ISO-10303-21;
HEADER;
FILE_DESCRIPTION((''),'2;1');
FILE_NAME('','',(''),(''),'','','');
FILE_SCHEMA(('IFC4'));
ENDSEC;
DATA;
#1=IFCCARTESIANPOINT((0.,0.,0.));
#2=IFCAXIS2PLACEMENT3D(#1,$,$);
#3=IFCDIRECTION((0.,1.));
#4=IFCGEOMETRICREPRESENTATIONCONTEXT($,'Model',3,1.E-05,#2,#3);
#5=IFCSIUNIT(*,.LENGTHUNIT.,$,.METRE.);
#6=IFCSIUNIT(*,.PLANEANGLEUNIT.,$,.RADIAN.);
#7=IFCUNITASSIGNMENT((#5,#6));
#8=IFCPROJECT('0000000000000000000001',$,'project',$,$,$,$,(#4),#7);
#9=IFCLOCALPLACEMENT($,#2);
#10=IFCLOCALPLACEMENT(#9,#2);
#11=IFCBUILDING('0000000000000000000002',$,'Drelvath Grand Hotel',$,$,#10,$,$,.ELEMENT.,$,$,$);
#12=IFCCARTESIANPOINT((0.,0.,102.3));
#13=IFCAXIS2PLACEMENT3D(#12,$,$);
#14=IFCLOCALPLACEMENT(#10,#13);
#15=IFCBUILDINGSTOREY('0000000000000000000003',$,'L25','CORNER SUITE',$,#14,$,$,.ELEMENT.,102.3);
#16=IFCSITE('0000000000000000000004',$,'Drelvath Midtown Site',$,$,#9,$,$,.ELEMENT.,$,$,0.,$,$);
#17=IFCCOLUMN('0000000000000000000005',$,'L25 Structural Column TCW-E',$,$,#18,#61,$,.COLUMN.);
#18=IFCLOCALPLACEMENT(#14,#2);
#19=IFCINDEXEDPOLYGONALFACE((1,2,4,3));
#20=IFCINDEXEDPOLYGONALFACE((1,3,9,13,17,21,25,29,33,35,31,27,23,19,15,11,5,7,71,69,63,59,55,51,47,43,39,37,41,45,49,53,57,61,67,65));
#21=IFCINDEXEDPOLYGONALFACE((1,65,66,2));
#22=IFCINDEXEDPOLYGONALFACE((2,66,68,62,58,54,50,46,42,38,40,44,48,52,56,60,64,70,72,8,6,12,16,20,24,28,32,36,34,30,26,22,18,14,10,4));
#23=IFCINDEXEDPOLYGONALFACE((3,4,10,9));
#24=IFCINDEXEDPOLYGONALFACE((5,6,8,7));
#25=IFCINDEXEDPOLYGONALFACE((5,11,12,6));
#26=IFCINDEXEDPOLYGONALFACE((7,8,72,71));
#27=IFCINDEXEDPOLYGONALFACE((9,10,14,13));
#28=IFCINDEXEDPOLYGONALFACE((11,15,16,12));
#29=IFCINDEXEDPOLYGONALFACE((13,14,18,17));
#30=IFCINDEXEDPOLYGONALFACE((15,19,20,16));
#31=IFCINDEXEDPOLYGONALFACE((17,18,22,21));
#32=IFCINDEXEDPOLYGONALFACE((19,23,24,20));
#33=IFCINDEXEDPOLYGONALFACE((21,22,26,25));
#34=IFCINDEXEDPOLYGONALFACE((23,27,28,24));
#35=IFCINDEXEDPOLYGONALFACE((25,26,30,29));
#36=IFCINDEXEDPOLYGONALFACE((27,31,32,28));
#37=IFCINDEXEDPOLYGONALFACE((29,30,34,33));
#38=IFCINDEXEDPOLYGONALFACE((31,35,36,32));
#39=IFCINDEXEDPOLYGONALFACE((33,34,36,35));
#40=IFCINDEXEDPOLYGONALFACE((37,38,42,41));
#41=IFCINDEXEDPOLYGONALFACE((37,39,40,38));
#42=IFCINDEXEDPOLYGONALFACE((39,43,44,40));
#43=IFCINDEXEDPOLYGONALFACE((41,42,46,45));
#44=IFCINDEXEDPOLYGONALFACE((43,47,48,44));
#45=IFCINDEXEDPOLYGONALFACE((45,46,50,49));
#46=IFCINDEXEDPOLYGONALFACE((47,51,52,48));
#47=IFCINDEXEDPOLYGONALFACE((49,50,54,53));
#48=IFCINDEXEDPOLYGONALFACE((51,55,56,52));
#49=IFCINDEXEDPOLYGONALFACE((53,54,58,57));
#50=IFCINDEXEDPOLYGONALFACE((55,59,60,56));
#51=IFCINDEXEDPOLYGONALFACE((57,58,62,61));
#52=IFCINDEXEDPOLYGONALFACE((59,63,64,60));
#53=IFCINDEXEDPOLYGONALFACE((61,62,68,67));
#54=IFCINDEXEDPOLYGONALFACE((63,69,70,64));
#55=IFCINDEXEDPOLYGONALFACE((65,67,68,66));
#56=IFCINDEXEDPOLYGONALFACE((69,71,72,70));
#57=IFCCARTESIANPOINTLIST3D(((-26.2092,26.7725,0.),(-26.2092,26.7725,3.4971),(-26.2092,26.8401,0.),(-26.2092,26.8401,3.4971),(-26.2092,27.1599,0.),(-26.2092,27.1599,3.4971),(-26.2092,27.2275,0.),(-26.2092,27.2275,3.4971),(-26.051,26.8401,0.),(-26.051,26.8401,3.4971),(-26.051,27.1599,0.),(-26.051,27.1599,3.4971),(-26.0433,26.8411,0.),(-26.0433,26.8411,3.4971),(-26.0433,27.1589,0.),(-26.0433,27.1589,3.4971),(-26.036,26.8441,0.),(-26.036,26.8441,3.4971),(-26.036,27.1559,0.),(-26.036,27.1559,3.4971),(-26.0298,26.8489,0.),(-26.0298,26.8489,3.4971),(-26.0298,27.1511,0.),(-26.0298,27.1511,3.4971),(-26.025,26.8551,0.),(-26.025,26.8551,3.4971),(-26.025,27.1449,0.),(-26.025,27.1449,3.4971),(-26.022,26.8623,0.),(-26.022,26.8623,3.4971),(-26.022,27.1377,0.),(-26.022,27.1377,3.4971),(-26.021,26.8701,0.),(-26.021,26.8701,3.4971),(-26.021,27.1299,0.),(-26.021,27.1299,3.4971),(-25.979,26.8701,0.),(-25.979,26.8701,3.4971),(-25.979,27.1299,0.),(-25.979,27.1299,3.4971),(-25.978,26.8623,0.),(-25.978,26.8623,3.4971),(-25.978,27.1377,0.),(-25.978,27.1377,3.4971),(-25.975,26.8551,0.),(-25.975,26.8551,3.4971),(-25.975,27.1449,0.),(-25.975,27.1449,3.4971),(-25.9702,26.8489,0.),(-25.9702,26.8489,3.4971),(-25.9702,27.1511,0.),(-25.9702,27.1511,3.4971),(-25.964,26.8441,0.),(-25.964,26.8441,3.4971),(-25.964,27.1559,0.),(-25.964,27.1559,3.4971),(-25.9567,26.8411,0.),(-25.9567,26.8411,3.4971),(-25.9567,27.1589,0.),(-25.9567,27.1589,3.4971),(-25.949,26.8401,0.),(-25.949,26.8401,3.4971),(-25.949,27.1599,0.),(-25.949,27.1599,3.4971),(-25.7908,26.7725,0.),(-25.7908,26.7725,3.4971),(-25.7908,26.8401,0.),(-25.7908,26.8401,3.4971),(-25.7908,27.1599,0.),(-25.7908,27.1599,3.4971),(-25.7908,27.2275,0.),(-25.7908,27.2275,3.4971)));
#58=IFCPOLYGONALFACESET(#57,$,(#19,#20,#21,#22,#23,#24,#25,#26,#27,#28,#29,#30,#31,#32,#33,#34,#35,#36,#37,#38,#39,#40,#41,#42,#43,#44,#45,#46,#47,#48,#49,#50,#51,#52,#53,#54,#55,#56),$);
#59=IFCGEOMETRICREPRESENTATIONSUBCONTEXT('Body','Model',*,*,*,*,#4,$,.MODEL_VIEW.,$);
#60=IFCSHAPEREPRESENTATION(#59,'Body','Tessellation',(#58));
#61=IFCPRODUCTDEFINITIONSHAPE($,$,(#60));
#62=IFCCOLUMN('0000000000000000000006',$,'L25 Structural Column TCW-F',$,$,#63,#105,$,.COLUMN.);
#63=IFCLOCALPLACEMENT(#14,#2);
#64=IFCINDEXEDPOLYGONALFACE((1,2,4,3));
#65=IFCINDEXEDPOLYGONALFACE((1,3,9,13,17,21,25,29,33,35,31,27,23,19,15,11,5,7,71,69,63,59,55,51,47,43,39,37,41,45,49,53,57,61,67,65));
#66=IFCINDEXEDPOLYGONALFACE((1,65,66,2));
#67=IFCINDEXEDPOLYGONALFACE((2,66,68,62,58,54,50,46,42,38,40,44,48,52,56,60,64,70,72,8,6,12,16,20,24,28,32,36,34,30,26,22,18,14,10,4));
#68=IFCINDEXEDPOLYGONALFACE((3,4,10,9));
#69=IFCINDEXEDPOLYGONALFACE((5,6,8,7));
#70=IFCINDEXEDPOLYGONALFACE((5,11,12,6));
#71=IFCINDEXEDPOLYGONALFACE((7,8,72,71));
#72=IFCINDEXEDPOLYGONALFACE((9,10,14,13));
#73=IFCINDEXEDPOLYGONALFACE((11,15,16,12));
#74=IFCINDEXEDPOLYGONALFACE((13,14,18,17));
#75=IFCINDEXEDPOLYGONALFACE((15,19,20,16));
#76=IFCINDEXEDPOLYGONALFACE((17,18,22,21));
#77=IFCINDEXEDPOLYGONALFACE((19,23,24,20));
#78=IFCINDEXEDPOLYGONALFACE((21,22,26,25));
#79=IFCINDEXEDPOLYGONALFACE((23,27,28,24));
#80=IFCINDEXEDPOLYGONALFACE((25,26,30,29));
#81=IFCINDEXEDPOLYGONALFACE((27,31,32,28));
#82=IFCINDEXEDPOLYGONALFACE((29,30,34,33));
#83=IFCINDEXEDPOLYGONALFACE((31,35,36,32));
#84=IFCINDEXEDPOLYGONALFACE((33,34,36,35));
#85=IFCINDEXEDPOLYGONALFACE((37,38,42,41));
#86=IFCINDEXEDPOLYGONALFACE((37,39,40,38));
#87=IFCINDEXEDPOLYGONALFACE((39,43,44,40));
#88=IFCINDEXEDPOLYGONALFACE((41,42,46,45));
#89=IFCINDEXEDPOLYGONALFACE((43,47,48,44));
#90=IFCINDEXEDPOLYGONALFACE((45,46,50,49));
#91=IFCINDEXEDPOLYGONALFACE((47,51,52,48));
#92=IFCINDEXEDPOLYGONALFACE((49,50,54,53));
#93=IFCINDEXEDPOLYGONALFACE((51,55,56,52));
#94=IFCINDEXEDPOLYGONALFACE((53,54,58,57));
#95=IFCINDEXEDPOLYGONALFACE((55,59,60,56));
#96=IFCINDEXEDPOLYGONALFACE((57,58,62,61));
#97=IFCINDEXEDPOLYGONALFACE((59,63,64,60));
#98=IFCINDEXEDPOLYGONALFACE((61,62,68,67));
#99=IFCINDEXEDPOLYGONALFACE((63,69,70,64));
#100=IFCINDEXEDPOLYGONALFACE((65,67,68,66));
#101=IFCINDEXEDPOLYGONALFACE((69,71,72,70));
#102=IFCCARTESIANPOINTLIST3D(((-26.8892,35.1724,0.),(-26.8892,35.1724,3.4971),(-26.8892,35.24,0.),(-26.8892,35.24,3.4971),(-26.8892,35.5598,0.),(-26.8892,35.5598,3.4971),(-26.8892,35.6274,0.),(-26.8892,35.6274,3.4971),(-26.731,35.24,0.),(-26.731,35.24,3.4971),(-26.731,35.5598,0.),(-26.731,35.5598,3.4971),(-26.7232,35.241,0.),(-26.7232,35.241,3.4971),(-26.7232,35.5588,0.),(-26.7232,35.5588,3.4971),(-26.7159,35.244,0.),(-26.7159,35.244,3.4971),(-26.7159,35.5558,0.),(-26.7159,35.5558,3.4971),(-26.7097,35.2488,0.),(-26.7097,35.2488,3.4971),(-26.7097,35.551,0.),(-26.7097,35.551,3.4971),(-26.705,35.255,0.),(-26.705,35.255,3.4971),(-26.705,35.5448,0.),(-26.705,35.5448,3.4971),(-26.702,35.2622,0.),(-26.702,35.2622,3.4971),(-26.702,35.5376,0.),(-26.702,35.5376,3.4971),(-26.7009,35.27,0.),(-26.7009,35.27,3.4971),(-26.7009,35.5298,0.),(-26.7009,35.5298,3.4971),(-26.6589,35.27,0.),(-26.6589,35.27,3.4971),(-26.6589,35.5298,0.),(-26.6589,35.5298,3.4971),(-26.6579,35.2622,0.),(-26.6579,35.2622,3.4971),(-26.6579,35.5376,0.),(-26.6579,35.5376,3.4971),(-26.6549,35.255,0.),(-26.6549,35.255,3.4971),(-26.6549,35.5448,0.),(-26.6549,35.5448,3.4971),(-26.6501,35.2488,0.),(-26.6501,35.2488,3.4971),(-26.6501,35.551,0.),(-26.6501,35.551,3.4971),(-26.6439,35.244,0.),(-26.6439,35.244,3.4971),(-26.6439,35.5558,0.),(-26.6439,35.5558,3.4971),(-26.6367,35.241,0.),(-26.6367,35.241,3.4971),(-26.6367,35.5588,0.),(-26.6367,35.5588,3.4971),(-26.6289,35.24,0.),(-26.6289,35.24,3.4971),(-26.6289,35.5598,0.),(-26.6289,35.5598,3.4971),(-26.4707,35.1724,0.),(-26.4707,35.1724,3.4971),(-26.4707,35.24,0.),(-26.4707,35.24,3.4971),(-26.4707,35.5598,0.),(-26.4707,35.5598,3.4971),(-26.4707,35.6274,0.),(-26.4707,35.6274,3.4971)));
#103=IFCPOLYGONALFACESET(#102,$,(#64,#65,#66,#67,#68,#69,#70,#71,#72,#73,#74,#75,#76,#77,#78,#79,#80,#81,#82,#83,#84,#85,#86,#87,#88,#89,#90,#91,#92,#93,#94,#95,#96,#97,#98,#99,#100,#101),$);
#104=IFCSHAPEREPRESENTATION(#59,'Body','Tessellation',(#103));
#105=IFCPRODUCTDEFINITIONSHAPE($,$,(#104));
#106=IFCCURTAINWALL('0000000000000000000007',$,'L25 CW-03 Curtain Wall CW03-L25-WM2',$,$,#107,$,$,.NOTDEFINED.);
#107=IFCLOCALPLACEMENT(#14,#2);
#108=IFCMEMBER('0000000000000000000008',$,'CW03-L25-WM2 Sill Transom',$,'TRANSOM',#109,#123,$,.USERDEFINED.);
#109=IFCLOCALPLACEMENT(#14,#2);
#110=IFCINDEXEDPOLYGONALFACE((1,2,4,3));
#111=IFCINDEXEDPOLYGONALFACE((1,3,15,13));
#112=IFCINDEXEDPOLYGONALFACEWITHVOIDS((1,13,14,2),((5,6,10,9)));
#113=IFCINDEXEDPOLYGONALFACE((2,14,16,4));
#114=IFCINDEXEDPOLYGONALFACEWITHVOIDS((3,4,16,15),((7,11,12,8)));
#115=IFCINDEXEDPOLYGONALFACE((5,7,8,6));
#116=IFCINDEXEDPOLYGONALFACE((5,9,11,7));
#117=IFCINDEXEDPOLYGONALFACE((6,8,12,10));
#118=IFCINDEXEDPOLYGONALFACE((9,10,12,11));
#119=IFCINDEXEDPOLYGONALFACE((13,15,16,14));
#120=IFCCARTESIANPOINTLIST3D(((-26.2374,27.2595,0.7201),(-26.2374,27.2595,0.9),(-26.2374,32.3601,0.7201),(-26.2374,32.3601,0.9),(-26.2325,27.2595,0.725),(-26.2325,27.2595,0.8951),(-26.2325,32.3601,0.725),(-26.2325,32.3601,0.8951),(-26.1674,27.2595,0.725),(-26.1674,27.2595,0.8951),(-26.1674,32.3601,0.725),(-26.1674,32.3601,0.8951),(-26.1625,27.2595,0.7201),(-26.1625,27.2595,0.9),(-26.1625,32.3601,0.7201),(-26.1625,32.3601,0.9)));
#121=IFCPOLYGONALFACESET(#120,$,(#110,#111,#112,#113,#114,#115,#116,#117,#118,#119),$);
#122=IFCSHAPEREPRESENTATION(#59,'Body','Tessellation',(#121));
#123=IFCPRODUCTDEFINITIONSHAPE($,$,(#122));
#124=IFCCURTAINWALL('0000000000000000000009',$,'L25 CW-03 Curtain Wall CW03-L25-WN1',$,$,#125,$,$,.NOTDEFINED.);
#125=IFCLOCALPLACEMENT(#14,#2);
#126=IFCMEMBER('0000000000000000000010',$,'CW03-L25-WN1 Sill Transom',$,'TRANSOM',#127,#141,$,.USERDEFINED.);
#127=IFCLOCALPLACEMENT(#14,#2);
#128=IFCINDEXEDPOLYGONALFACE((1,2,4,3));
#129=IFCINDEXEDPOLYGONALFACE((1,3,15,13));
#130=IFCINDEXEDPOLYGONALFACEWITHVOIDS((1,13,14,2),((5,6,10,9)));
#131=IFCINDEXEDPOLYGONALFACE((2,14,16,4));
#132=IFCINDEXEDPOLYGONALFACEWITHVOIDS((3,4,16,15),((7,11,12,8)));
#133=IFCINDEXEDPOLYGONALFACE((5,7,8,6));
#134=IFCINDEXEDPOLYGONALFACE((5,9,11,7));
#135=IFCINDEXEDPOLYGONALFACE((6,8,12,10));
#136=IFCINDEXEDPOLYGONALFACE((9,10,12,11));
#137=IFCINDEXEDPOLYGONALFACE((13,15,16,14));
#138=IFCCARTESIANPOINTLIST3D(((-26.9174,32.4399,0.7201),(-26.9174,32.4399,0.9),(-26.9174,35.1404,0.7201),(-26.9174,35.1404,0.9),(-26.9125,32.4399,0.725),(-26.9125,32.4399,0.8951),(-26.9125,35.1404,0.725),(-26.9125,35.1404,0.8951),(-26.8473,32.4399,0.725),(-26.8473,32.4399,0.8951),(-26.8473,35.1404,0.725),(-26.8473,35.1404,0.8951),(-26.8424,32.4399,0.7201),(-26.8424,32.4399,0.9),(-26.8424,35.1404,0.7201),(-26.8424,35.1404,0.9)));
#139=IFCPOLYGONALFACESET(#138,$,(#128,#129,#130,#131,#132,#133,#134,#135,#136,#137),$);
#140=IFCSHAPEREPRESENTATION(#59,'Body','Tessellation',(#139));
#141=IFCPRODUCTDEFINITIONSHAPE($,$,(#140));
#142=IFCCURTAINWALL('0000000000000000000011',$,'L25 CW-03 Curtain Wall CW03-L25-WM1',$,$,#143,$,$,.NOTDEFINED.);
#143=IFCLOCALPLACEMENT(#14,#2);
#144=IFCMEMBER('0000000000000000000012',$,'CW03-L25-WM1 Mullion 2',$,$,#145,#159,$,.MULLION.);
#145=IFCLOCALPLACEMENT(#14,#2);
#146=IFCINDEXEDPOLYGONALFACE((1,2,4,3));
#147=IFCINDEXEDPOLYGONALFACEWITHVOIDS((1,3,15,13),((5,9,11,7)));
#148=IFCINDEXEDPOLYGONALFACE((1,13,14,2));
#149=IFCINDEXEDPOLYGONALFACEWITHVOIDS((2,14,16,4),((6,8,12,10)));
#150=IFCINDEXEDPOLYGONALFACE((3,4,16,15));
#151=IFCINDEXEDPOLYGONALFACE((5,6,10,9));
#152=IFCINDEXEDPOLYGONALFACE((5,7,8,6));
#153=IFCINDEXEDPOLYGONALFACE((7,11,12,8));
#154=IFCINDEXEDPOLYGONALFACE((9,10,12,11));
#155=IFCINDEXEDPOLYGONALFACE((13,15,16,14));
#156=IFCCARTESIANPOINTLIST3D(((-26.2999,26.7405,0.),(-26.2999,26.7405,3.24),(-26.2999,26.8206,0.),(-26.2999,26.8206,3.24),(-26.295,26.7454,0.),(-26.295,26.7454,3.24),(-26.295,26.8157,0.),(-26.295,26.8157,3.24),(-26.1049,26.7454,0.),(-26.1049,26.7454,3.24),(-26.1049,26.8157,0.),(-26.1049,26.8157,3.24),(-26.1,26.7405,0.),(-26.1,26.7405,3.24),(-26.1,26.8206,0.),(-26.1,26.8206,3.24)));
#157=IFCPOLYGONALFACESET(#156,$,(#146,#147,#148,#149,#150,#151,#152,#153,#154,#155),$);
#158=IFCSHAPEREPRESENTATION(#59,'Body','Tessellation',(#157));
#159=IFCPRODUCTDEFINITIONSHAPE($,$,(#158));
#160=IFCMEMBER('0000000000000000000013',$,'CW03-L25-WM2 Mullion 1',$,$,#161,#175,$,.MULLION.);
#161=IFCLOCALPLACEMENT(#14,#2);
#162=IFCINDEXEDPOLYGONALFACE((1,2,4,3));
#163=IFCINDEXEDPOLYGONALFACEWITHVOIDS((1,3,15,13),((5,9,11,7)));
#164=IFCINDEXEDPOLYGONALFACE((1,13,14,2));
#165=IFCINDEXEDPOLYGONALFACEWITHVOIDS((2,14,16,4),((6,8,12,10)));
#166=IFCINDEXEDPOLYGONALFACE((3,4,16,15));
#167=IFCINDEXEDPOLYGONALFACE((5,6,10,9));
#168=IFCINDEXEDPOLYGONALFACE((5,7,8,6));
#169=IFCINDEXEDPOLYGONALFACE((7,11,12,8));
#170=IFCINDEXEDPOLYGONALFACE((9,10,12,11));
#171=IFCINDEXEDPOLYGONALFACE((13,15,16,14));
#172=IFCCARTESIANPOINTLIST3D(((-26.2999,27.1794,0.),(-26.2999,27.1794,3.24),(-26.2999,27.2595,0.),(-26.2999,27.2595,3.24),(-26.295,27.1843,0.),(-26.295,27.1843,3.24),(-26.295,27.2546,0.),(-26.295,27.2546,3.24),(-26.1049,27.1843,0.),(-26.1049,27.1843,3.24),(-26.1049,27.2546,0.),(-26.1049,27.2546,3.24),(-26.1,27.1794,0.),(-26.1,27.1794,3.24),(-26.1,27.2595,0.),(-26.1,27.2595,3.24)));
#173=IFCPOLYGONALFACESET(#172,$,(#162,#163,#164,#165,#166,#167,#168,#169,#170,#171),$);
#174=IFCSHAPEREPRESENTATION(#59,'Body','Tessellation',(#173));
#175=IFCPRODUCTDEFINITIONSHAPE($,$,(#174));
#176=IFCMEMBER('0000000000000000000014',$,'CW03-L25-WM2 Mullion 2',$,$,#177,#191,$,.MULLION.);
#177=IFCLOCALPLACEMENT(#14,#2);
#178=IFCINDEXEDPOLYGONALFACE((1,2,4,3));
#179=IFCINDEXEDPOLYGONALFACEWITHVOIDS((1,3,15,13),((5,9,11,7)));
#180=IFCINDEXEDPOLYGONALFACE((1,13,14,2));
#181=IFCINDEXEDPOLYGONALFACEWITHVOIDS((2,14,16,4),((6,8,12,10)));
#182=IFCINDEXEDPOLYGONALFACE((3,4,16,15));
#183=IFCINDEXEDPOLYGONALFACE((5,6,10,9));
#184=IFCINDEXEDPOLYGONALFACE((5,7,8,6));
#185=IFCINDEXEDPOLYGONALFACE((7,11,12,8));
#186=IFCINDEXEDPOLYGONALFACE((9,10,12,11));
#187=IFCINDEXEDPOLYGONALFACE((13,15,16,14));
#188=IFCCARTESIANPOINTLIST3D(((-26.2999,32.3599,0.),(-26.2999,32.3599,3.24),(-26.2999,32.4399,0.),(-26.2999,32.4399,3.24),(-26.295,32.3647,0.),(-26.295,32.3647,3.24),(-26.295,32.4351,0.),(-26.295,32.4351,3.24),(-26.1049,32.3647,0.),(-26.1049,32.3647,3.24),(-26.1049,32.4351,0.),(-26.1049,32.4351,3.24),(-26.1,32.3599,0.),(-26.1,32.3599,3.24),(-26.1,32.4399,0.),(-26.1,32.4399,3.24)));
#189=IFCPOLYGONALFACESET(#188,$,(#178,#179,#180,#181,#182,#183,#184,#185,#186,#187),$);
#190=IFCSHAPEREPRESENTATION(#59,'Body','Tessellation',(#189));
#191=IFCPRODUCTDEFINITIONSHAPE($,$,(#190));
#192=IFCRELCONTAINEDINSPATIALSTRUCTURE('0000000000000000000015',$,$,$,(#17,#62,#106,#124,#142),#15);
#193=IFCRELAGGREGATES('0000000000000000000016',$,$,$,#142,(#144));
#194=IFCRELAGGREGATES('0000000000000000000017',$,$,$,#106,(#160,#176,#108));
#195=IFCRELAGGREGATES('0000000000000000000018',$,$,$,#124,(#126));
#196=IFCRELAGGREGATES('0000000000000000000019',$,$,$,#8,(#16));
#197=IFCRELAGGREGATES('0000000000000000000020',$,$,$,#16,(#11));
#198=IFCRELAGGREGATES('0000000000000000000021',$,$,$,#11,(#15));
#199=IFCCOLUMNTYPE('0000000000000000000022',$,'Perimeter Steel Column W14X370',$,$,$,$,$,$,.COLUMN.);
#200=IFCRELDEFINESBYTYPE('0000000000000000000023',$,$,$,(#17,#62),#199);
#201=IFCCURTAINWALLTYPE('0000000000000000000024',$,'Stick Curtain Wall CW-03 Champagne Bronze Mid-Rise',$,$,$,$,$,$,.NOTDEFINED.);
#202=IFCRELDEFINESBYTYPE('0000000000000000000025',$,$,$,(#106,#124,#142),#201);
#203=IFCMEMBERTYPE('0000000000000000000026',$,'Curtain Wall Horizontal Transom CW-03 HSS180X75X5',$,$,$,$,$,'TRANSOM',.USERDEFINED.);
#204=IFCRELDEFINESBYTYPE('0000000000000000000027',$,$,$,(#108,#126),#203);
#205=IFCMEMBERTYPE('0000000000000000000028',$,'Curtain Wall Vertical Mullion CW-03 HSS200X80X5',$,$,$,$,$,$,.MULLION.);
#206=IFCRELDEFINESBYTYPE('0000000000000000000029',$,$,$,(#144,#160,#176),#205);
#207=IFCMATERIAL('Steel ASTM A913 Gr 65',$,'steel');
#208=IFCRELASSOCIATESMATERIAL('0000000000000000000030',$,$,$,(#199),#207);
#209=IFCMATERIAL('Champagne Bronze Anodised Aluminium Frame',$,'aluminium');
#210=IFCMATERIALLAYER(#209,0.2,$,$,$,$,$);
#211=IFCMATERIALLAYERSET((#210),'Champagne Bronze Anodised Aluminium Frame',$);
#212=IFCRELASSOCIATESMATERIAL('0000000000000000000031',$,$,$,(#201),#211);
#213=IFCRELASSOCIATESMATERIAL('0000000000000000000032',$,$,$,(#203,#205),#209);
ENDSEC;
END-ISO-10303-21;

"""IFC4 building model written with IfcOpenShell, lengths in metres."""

from ifc_helpers import new_model, si_unit, direction, frame, origin, origin_2d, place, context, subcontext, project, spatial, hollow_rectangle, i_section, extrude, material, layer, layer_set, material_profile, profile_set, type_object, element, aggregate, save


model = new_model("IFC4")

# Units and contexts
model_context = context("Model", 3, precision=1e-05, world=origin(), true_north=direction((0.0, 1.0)))
body_context = subcontext(model_context, "Body", "Model", "MODEL_VIEW")
ifc_project = project(units=[si_unit("LENGTHUNIT", "METRE"), si_unit("PLANEANGLEUNIT", "RADIAN")], contexts=[model_context])

# Site, building, storey
site_placement = place(None, origin())
site = spatial("IfcSite", under=ifc_project, at=site_placement, Name="Drelvath Midtown Site", CompositionType="ELEMENT", RefElevation=0.0)
building_placement = place(site_placement, origin())
building = spatial("IfcBuilding", under=site, at=building_placement, Name="Drelvath Grand Hotel", CompositionType="ELEMENT")
storey_placement = place(building_placement, frame((0.0, 0.0, 102.3)))
storey = spatial("IfcBuildingStorey", under=building, at=storey_placement, Name="L25", Description="CORNER SUITE", CompositionType="ELEMENT", Elevation=102.3)

# Columns
ifc_material_1 = material(Name="Steel ASTM A913 Gr 65", Category="steel")
ifc_material_profile_1 = material_profile(ifc_material_1, i_section(OverallWidth=0.4185, OverallDepth=0.4551, WebThickness=0.042, FlangeThickness=0.0676, FilletRadius=0.03, at=origin_2d()), Name="W14X370")
ifc_profile_set_1 = profile_set([ifc_material_profile_1], Name="Steel ASTM A913 Gr 65")
column_type = type_object("IfcColumnType", Name="Perimeter Steel Column W14X370", PredefinedType="COLUMN", material=ifc_profile_set_1)
for number, where, z_axis, x_axis, name in (
    (1, (-26.0, 27.0, 0.0), (0.0, 0.0, 1.0), (1.0, 0.0, 0.0), "L25 Structural Column TCW-E"),
    (2, (-26.6799, 35.3999, 0.0), (0.0, 0.0, 1.0), (1.0, 0.0, 0.0), "L25 Structural Column TCW-F"),
):
    element("IfcColumn", number, at=place(storey_placement, frame(where, z_axis=z_axis, x_axis=x_axis)), inside=storey, type_object=column_type, Name=name, PredefinedType="COLUMN", context=body_context, shape_type="SweptSolid", body=[
        extrude(i_section(OverallWidth=0.4185, OverallDepth=0.4551, WebThickness=0.042, FlangeThickness=0.0676, FilletRadius=0.03, at=origin_2d()), origin(), (0.0, 0.0, 1.0), 3.4971),
    ])

# Curtain walls, members
ifc_material_2 = material(Name="Champagne Bronze Anodised Aluminium Frame", Category="aluminium")
ifc_layer_1 = layer(ifc_material_2, 0.2)
ifc_layer_set_1 = layer_set([ifc_layer_1], Name="Champagne Bronze Anodised Aluminium Frame")
curtain_wall_type = type_object("IfcCurtainWallType", Name="Stick Curtain Wall CW-03 Champagne Bronze Mid-Rise", PredefinedType="NOTDEFINED", material=ifc_layer_set_1)
curtain_wall_1_placement = place(storey_placement, origin())
curtain_wall_1 = element("IfcCurtainWall", 3, at=curtain_wall_1_placement, inside=storey, type_object=curtain_wall_type, Name="L25 CW-03 Curtain Wall CW03-L25-WM2", PredefinedType="NOTDEFINED")
ifc_material_profile_2 = material_profile(ifc_material_2, hollow_rectangle(XDim=0.075, YDim=0.1799, WallThickness=0.0049, at=origin_2d()), Name="HSS180X75X5")
ifc_profile_set_2 = profile_set([ifc_material_profile_2], Name="Champagne Bronze Anodised Aluminium Frame")
member_type_1 = type_object("IfcMemberType", Name="Curtain Wall Horizontal Transom CW-03 HSS180X75X5", ElementType="TRANSOM", PredefinedType="USERDEFINED", material=ifc_profile_set_2)
member_1_placement = place(storey_placement, frame((-26.2, 27.2595, 0.8101), z_axis=(0.0, 1.0, 0.0), x_axis=(-1.0, 0.0, 0.0)))
member_1 = element("IfcMember", 4, at=member_1_placement, type_object=member_type_1, Name="CW03-L25-WM2 Sill Transom", ObjectType="TRANSOM", PredefinedType="USERDEFINED", context=body_context, shape_type="SweptSolid", body=[
    extrude(hollow_rectangle(XDim=0.075, YDim=0.1799, WallThickness=0.0049, at=origin_2d()), origin(), (0.0, 0.0, 1.0), 5.1006),
])
curtain_wall_2_placement = place(storey_placement, origin())
curtain_wall_2 = element("IfcCurtainWall", 5, at=curtain_wall_2_placement, inside=storey, type_object=curtain_wall_type, Name="L25 CW-03 Curtain Wall CW03-L25-WN1", PredefinedType="NOTDEFINED")
member_2_placement = place(storey_placement, frame((-26.8799, 32.4399, 0.8101), z_axis=(0.0, 1.0, 0.0), x_axis=(-1.0, 0.0, 0.0)))
member_2 = element("IfcMember", 6, at=member_2_placement, type_object=member_type_1, Name="CW03-L25-WN1 Sill Transom", ObjectType="TRANSOM", PredefinedType="USERDEFINED", context=body_context, shape_type="SweptSolid", body=[
    extrude(hollow_rectangle(XDim=0.075, YDim=0.1799, WallThickness=0.0049, at=origin_2d()), origin(), (0.0, 0.0, 1.0), 2.7004),
])
curtain_wall_3_placement = place(storey_placement, origin())
curtain_wall_3 = element("IfcCurtainWall", 7, at=curtain_wall_3_placement, inside=storey, type_object=curtain_wall_type, Name="L25 CW-03 Curtain Wall CW03-L25-WM1", PredefinedType="NOTDEFINED")
ifc_material_profile_3 = material_profile(ifc_material_2, hollow_rectangle(XDim=0.0801, YDim=0.2, WallThickness=0.0049, at=origin_2d()), Name="HSS200X80X5")
ifc_profile_set_3 = profile_set([ifc_material_profile_3], Name="Champagne Bronze Anodised Aluminium Frame")
member_type_2 = type_object("IfcMemberType", Name="Curtain Wall Vertical Mullion CW-03 HSS200X80X5", PredefinedType="MULLION", material=ifc_profile_set_3)
member_3_placement = place(storey_placement, frame((-26.2, 26.7805, 0.0), z_axis=(0.0, 0.0, 1.0), x_axis=(0.0, 1.0, 0.0)))
member_3 = element("IfcMember", 8, at=member_3_placement, type_object=member_type_2, Name="CW03-L25-WM1 Mullion 2", PredefinedType="MULLION", context=body_context, shape_type="SweptSolid", body=[
    extrude(hollow_rectangle(XDim=0.0801, YDim=0.2, WallThickness=0.0049, at=origin_2d()), origin(), (0.0, 0.0, 1.0), 3.24),
])
aggregate(curtain_wall_3, [member_3])

# Members
member_4_placement = place(storey_placement, frame((-26.2, 27.2195, 0.0), z_axis=(0.0, 0.0, 1.0), x_axis=(0.0, 1.0, 0.0)))
member_4 = element("IfcMember", 9, at=member_4_placement, type_object=member_type_2, Name="CW03-L25-WM2 Mullion 1", PredefinedType="MULLION", context=body_context, shape_type="SweptSolid", body=[
    extrude(hollow_rectangle(XDim=0.0801, YDim=0.2, WallThickness=0.0049, at=origin_2d()), origin(), (0.0, 0.0, 1.0), 3.24),
])
member_5_placement = place(storey_placement, frame((-26.2, 32.3999, 0.0), z_axis=(0.0, 0.0, 1.0), x_axis=(0.0, 1.0, 0.0)))
member_5 = element("IfcMember", 10, at=member_5_placement, type_object=member_type_2, Name="CW03-L25-WM2 Mullion 2", PredefinedType="MULLION", context=body_context, shape_type="SweptSolid", body=[
    extrude(hollow_rectangle(XDim=0.0801, YDim=0.2, WallThickness=0.0049, at=origin_2d()), origin(), (0.0, 0.0, 1.0), 3.24),
])

aggregate(curtain_wall_1, [member_4, member_5, member_1])
aggregate(curtain_wall_2, [member_2])

save(model, "model.ifc")
